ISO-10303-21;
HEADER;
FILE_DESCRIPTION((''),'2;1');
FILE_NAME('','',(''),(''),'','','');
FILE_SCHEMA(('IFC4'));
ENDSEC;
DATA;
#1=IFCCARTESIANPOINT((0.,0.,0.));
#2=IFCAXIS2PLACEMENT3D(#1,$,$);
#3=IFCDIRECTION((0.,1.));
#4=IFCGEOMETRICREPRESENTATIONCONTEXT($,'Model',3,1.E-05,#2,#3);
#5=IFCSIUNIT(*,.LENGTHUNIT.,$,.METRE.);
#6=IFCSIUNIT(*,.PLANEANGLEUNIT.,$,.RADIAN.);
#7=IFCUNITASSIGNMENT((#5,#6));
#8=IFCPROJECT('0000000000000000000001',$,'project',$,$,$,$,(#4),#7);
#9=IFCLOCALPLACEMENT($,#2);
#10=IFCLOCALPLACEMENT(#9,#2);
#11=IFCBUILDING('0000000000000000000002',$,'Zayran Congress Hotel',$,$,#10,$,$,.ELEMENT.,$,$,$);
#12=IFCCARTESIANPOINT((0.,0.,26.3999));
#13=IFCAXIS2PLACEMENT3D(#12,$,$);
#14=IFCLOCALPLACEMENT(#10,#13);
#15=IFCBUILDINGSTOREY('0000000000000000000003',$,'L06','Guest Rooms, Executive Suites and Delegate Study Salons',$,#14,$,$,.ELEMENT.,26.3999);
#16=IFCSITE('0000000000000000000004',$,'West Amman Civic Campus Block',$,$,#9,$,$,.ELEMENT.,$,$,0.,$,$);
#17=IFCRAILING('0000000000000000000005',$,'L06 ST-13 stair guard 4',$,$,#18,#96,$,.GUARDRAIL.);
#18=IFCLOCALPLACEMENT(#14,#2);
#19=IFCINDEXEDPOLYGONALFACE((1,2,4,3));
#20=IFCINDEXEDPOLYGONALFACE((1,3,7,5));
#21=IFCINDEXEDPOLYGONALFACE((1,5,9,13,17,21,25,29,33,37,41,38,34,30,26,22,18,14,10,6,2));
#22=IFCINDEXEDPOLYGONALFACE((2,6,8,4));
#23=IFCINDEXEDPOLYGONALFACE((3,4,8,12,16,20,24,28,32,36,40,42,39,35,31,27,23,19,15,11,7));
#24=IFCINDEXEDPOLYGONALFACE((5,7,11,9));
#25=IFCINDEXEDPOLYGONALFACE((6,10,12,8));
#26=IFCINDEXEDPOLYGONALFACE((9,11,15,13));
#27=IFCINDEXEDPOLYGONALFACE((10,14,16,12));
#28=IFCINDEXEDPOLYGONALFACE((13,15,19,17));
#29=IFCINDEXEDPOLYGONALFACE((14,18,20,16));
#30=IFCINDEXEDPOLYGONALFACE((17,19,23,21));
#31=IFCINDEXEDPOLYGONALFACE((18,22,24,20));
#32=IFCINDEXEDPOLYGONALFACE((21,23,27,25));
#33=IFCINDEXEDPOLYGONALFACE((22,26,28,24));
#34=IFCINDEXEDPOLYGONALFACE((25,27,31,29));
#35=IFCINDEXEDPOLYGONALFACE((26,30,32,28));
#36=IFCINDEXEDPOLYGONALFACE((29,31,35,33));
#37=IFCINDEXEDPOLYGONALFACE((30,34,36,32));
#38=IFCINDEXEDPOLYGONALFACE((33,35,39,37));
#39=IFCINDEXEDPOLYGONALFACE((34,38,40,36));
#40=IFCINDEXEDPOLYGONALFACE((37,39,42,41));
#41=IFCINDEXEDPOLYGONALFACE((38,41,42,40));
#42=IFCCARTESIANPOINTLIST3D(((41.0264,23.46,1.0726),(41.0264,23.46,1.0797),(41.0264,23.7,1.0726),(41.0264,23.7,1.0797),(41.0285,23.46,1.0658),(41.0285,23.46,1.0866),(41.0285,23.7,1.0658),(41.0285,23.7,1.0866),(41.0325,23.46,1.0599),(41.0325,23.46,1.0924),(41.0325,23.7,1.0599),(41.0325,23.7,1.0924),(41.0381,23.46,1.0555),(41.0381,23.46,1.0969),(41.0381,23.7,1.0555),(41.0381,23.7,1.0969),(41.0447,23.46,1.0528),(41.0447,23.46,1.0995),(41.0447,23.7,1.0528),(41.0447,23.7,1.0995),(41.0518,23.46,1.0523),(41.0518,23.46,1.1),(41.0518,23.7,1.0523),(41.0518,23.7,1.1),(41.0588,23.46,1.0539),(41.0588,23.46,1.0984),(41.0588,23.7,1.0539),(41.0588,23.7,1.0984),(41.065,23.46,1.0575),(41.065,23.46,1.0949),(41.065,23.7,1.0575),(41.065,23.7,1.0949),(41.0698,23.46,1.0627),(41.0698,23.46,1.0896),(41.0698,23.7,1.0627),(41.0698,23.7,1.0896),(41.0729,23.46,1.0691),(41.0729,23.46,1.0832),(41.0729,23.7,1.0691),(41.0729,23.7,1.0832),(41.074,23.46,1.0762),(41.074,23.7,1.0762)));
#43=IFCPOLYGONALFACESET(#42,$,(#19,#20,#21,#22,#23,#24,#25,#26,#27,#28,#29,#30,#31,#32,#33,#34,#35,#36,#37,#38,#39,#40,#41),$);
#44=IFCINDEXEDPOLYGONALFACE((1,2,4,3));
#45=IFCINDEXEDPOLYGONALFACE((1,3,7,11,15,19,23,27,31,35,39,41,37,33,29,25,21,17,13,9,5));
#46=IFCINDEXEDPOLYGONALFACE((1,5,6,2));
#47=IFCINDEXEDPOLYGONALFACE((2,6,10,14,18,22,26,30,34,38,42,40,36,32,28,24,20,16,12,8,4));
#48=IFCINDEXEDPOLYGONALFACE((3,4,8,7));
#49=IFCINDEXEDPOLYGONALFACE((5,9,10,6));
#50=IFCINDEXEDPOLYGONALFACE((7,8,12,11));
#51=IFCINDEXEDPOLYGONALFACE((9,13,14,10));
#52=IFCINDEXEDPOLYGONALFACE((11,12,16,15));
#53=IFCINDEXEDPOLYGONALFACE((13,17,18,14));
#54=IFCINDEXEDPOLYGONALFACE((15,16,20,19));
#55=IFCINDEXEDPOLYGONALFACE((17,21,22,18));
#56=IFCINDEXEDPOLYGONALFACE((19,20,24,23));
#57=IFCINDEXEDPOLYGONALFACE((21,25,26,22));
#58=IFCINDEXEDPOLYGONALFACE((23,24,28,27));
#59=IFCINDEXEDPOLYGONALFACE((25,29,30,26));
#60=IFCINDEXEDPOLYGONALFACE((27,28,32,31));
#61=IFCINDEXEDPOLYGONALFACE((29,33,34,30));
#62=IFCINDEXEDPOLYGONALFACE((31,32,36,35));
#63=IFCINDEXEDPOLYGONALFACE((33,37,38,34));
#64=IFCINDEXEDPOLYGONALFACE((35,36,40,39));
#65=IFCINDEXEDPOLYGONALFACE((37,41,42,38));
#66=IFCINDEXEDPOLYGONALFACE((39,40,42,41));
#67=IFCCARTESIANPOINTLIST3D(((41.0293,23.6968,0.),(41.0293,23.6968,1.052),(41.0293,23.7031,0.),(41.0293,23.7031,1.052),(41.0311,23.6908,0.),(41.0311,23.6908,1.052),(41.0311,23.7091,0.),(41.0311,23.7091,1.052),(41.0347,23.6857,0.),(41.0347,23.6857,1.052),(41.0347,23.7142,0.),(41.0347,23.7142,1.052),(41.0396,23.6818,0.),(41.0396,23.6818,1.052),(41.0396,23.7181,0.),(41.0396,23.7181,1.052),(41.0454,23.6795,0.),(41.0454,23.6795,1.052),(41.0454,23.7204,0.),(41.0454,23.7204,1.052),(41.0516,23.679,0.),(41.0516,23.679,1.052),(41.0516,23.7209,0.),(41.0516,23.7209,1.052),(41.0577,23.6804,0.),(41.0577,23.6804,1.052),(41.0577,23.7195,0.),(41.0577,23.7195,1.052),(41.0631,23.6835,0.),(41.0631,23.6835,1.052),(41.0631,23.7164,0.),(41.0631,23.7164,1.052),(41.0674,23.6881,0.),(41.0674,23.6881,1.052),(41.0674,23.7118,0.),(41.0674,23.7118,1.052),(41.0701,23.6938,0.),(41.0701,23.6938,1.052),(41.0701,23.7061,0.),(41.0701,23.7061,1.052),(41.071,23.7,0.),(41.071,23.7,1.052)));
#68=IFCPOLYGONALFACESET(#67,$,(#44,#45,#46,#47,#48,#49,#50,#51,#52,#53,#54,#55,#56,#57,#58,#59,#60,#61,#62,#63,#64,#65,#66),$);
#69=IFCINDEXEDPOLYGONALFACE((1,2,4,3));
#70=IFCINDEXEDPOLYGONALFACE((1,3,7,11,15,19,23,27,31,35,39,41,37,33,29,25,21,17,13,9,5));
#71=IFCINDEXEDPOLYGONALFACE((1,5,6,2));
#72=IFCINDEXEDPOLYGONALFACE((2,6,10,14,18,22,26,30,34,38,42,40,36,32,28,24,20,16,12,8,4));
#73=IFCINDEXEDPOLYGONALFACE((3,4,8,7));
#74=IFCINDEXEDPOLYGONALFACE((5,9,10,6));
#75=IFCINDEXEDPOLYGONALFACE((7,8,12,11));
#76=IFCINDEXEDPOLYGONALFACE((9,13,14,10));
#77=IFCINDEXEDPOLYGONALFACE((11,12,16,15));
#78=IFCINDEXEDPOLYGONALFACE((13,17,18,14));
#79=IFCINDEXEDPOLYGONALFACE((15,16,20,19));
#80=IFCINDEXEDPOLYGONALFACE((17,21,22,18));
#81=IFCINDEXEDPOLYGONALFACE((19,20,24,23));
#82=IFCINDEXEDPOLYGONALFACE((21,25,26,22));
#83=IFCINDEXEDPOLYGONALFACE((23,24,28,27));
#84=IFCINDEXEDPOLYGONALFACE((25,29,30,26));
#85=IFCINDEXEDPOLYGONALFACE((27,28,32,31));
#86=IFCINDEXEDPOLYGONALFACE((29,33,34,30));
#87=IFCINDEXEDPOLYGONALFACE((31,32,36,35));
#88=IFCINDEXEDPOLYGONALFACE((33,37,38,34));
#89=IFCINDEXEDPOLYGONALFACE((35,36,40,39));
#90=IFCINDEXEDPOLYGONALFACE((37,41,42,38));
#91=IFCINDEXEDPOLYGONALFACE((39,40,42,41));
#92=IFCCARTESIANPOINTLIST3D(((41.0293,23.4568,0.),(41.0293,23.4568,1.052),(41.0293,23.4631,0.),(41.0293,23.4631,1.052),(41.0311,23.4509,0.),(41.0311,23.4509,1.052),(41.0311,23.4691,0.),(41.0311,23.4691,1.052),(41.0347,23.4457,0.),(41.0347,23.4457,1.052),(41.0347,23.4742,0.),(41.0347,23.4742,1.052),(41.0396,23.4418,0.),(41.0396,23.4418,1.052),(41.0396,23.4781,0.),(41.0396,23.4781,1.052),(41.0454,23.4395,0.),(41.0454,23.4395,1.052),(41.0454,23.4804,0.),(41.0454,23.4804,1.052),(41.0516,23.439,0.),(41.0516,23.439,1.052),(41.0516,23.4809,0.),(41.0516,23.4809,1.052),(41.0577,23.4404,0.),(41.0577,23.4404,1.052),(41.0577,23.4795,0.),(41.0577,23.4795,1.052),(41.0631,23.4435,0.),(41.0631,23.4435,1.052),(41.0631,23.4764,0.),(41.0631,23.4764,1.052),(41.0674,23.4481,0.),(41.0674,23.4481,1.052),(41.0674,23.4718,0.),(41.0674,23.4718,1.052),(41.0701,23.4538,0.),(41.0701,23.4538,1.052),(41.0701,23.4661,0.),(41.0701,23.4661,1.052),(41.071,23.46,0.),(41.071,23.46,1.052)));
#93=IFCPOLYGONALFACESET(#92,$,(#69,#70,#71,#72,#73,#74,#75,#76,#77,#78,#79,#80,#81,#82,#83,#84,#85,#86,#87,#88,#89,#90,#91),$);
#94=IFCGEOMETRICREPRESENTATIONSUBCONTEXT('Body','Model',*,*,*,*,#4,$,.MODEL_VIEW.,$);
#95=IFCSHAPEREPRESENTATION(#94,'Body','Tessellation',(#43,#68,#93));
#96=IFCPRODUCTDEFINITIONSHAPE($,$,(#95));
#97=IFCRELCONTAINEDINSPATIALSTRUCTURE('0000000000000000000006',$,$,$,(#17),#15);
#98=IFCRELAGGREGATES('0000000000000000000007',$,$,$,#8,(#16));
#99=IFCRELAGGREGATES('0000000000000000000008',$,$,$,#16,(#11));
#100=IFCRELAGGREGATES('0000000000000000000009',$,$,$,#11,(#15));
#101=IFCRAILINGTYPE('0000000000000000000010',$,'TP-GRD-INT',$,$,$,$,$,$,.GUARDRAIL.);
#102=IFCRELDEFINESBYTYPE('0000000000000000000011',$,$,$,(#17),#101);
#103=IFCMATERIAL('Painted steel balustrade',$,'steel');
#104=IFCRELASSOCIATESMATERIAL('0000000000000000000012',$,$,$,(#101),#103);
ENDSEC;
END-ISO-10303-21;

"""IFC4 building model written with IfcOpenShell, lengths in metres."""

from ifc_helpers import new_model, si_unit, direction, frame, origin, origin_2d, place, context, subcontext, project, spatial, circle, extrude, material, type_object, element, save


model = new_model("IFC4")

# Units and contexts
model_context = context("Model", 3, precision=1e-05, world=origin(), true_north=direction((0.0, 1.0)))
body_context = subcontext(model_context, "Body", "Model", "MODEL_VIEW")
ifc_project = project(units=[si_unit("LENGTHUNIT", "METRE"), si_unit("PLANEANGLEUNIT", "RADIAN")], contexts=[model_context])

# Site, building, storey
site_placement = place(None, origin())
site = spatial("IfcSite", under=ifc_project, at=site_placement, Name="West Amman Civic Campus Block", CompositionType="ELEMENT", RefElevation=0.0)
building_placement = place(site_placement, origin())
building = spatial("IfcBuilding", under=site, at=building_placement, Name="Zayran Congress Hotel", CompositionType="ELEMENT")
storey_placement = place(building_placement, frame((0.0, 0.0, 26.3999)))
storey = spatial("IfcBuildingStorey", under=building, at=storey_placement, Name="L06", Description="Guest Rooms, Executive Suites and Delegate Study Salons", CompositionType="ELEMENT", Elevation=26.3999)

# Railing
ifc_material_1 = material(Name="Painted steel balustrade", Category="steel")
railing_type_1 = type_object("IfcRailingType", Name="TP-GRD-INT", PredefinedType="GUARDRAIL", material=ifc_material_1)
railing_1_placement = place(storey_placement, frame((41.05, 23.7, 0.0)))
element("IfcRailing", 1, at=railing_1_placement, inside=storey, type_object=railing_type_1, Name="L06 ST-13 stair guard 4", PredefinedType="GUARDRAIL", context=body_context, shape_type="SweptSolid", body=[
    extrude(circle(Radius=0.0239, at=origin_2d()), frame((0.0, 0.0, 1.0762), z_axis=(0.0, -1.0, 0.0), x_axis=(1.0, 0.0, 0.0)), (0.0, 0.0, 1.0), 0.24),
    extrude(circle(Radius=0.021, at=origin_2d()), origin(), (0.0, 0.0, 1.0), 1.052),
    extrude(circle(Radius=0.021, at=origin_2d()), frame((0.0, -0.24, 0.0)), (0.0, 0.0, 1.0), 1.052),
])

save(model, "model.ifc")
